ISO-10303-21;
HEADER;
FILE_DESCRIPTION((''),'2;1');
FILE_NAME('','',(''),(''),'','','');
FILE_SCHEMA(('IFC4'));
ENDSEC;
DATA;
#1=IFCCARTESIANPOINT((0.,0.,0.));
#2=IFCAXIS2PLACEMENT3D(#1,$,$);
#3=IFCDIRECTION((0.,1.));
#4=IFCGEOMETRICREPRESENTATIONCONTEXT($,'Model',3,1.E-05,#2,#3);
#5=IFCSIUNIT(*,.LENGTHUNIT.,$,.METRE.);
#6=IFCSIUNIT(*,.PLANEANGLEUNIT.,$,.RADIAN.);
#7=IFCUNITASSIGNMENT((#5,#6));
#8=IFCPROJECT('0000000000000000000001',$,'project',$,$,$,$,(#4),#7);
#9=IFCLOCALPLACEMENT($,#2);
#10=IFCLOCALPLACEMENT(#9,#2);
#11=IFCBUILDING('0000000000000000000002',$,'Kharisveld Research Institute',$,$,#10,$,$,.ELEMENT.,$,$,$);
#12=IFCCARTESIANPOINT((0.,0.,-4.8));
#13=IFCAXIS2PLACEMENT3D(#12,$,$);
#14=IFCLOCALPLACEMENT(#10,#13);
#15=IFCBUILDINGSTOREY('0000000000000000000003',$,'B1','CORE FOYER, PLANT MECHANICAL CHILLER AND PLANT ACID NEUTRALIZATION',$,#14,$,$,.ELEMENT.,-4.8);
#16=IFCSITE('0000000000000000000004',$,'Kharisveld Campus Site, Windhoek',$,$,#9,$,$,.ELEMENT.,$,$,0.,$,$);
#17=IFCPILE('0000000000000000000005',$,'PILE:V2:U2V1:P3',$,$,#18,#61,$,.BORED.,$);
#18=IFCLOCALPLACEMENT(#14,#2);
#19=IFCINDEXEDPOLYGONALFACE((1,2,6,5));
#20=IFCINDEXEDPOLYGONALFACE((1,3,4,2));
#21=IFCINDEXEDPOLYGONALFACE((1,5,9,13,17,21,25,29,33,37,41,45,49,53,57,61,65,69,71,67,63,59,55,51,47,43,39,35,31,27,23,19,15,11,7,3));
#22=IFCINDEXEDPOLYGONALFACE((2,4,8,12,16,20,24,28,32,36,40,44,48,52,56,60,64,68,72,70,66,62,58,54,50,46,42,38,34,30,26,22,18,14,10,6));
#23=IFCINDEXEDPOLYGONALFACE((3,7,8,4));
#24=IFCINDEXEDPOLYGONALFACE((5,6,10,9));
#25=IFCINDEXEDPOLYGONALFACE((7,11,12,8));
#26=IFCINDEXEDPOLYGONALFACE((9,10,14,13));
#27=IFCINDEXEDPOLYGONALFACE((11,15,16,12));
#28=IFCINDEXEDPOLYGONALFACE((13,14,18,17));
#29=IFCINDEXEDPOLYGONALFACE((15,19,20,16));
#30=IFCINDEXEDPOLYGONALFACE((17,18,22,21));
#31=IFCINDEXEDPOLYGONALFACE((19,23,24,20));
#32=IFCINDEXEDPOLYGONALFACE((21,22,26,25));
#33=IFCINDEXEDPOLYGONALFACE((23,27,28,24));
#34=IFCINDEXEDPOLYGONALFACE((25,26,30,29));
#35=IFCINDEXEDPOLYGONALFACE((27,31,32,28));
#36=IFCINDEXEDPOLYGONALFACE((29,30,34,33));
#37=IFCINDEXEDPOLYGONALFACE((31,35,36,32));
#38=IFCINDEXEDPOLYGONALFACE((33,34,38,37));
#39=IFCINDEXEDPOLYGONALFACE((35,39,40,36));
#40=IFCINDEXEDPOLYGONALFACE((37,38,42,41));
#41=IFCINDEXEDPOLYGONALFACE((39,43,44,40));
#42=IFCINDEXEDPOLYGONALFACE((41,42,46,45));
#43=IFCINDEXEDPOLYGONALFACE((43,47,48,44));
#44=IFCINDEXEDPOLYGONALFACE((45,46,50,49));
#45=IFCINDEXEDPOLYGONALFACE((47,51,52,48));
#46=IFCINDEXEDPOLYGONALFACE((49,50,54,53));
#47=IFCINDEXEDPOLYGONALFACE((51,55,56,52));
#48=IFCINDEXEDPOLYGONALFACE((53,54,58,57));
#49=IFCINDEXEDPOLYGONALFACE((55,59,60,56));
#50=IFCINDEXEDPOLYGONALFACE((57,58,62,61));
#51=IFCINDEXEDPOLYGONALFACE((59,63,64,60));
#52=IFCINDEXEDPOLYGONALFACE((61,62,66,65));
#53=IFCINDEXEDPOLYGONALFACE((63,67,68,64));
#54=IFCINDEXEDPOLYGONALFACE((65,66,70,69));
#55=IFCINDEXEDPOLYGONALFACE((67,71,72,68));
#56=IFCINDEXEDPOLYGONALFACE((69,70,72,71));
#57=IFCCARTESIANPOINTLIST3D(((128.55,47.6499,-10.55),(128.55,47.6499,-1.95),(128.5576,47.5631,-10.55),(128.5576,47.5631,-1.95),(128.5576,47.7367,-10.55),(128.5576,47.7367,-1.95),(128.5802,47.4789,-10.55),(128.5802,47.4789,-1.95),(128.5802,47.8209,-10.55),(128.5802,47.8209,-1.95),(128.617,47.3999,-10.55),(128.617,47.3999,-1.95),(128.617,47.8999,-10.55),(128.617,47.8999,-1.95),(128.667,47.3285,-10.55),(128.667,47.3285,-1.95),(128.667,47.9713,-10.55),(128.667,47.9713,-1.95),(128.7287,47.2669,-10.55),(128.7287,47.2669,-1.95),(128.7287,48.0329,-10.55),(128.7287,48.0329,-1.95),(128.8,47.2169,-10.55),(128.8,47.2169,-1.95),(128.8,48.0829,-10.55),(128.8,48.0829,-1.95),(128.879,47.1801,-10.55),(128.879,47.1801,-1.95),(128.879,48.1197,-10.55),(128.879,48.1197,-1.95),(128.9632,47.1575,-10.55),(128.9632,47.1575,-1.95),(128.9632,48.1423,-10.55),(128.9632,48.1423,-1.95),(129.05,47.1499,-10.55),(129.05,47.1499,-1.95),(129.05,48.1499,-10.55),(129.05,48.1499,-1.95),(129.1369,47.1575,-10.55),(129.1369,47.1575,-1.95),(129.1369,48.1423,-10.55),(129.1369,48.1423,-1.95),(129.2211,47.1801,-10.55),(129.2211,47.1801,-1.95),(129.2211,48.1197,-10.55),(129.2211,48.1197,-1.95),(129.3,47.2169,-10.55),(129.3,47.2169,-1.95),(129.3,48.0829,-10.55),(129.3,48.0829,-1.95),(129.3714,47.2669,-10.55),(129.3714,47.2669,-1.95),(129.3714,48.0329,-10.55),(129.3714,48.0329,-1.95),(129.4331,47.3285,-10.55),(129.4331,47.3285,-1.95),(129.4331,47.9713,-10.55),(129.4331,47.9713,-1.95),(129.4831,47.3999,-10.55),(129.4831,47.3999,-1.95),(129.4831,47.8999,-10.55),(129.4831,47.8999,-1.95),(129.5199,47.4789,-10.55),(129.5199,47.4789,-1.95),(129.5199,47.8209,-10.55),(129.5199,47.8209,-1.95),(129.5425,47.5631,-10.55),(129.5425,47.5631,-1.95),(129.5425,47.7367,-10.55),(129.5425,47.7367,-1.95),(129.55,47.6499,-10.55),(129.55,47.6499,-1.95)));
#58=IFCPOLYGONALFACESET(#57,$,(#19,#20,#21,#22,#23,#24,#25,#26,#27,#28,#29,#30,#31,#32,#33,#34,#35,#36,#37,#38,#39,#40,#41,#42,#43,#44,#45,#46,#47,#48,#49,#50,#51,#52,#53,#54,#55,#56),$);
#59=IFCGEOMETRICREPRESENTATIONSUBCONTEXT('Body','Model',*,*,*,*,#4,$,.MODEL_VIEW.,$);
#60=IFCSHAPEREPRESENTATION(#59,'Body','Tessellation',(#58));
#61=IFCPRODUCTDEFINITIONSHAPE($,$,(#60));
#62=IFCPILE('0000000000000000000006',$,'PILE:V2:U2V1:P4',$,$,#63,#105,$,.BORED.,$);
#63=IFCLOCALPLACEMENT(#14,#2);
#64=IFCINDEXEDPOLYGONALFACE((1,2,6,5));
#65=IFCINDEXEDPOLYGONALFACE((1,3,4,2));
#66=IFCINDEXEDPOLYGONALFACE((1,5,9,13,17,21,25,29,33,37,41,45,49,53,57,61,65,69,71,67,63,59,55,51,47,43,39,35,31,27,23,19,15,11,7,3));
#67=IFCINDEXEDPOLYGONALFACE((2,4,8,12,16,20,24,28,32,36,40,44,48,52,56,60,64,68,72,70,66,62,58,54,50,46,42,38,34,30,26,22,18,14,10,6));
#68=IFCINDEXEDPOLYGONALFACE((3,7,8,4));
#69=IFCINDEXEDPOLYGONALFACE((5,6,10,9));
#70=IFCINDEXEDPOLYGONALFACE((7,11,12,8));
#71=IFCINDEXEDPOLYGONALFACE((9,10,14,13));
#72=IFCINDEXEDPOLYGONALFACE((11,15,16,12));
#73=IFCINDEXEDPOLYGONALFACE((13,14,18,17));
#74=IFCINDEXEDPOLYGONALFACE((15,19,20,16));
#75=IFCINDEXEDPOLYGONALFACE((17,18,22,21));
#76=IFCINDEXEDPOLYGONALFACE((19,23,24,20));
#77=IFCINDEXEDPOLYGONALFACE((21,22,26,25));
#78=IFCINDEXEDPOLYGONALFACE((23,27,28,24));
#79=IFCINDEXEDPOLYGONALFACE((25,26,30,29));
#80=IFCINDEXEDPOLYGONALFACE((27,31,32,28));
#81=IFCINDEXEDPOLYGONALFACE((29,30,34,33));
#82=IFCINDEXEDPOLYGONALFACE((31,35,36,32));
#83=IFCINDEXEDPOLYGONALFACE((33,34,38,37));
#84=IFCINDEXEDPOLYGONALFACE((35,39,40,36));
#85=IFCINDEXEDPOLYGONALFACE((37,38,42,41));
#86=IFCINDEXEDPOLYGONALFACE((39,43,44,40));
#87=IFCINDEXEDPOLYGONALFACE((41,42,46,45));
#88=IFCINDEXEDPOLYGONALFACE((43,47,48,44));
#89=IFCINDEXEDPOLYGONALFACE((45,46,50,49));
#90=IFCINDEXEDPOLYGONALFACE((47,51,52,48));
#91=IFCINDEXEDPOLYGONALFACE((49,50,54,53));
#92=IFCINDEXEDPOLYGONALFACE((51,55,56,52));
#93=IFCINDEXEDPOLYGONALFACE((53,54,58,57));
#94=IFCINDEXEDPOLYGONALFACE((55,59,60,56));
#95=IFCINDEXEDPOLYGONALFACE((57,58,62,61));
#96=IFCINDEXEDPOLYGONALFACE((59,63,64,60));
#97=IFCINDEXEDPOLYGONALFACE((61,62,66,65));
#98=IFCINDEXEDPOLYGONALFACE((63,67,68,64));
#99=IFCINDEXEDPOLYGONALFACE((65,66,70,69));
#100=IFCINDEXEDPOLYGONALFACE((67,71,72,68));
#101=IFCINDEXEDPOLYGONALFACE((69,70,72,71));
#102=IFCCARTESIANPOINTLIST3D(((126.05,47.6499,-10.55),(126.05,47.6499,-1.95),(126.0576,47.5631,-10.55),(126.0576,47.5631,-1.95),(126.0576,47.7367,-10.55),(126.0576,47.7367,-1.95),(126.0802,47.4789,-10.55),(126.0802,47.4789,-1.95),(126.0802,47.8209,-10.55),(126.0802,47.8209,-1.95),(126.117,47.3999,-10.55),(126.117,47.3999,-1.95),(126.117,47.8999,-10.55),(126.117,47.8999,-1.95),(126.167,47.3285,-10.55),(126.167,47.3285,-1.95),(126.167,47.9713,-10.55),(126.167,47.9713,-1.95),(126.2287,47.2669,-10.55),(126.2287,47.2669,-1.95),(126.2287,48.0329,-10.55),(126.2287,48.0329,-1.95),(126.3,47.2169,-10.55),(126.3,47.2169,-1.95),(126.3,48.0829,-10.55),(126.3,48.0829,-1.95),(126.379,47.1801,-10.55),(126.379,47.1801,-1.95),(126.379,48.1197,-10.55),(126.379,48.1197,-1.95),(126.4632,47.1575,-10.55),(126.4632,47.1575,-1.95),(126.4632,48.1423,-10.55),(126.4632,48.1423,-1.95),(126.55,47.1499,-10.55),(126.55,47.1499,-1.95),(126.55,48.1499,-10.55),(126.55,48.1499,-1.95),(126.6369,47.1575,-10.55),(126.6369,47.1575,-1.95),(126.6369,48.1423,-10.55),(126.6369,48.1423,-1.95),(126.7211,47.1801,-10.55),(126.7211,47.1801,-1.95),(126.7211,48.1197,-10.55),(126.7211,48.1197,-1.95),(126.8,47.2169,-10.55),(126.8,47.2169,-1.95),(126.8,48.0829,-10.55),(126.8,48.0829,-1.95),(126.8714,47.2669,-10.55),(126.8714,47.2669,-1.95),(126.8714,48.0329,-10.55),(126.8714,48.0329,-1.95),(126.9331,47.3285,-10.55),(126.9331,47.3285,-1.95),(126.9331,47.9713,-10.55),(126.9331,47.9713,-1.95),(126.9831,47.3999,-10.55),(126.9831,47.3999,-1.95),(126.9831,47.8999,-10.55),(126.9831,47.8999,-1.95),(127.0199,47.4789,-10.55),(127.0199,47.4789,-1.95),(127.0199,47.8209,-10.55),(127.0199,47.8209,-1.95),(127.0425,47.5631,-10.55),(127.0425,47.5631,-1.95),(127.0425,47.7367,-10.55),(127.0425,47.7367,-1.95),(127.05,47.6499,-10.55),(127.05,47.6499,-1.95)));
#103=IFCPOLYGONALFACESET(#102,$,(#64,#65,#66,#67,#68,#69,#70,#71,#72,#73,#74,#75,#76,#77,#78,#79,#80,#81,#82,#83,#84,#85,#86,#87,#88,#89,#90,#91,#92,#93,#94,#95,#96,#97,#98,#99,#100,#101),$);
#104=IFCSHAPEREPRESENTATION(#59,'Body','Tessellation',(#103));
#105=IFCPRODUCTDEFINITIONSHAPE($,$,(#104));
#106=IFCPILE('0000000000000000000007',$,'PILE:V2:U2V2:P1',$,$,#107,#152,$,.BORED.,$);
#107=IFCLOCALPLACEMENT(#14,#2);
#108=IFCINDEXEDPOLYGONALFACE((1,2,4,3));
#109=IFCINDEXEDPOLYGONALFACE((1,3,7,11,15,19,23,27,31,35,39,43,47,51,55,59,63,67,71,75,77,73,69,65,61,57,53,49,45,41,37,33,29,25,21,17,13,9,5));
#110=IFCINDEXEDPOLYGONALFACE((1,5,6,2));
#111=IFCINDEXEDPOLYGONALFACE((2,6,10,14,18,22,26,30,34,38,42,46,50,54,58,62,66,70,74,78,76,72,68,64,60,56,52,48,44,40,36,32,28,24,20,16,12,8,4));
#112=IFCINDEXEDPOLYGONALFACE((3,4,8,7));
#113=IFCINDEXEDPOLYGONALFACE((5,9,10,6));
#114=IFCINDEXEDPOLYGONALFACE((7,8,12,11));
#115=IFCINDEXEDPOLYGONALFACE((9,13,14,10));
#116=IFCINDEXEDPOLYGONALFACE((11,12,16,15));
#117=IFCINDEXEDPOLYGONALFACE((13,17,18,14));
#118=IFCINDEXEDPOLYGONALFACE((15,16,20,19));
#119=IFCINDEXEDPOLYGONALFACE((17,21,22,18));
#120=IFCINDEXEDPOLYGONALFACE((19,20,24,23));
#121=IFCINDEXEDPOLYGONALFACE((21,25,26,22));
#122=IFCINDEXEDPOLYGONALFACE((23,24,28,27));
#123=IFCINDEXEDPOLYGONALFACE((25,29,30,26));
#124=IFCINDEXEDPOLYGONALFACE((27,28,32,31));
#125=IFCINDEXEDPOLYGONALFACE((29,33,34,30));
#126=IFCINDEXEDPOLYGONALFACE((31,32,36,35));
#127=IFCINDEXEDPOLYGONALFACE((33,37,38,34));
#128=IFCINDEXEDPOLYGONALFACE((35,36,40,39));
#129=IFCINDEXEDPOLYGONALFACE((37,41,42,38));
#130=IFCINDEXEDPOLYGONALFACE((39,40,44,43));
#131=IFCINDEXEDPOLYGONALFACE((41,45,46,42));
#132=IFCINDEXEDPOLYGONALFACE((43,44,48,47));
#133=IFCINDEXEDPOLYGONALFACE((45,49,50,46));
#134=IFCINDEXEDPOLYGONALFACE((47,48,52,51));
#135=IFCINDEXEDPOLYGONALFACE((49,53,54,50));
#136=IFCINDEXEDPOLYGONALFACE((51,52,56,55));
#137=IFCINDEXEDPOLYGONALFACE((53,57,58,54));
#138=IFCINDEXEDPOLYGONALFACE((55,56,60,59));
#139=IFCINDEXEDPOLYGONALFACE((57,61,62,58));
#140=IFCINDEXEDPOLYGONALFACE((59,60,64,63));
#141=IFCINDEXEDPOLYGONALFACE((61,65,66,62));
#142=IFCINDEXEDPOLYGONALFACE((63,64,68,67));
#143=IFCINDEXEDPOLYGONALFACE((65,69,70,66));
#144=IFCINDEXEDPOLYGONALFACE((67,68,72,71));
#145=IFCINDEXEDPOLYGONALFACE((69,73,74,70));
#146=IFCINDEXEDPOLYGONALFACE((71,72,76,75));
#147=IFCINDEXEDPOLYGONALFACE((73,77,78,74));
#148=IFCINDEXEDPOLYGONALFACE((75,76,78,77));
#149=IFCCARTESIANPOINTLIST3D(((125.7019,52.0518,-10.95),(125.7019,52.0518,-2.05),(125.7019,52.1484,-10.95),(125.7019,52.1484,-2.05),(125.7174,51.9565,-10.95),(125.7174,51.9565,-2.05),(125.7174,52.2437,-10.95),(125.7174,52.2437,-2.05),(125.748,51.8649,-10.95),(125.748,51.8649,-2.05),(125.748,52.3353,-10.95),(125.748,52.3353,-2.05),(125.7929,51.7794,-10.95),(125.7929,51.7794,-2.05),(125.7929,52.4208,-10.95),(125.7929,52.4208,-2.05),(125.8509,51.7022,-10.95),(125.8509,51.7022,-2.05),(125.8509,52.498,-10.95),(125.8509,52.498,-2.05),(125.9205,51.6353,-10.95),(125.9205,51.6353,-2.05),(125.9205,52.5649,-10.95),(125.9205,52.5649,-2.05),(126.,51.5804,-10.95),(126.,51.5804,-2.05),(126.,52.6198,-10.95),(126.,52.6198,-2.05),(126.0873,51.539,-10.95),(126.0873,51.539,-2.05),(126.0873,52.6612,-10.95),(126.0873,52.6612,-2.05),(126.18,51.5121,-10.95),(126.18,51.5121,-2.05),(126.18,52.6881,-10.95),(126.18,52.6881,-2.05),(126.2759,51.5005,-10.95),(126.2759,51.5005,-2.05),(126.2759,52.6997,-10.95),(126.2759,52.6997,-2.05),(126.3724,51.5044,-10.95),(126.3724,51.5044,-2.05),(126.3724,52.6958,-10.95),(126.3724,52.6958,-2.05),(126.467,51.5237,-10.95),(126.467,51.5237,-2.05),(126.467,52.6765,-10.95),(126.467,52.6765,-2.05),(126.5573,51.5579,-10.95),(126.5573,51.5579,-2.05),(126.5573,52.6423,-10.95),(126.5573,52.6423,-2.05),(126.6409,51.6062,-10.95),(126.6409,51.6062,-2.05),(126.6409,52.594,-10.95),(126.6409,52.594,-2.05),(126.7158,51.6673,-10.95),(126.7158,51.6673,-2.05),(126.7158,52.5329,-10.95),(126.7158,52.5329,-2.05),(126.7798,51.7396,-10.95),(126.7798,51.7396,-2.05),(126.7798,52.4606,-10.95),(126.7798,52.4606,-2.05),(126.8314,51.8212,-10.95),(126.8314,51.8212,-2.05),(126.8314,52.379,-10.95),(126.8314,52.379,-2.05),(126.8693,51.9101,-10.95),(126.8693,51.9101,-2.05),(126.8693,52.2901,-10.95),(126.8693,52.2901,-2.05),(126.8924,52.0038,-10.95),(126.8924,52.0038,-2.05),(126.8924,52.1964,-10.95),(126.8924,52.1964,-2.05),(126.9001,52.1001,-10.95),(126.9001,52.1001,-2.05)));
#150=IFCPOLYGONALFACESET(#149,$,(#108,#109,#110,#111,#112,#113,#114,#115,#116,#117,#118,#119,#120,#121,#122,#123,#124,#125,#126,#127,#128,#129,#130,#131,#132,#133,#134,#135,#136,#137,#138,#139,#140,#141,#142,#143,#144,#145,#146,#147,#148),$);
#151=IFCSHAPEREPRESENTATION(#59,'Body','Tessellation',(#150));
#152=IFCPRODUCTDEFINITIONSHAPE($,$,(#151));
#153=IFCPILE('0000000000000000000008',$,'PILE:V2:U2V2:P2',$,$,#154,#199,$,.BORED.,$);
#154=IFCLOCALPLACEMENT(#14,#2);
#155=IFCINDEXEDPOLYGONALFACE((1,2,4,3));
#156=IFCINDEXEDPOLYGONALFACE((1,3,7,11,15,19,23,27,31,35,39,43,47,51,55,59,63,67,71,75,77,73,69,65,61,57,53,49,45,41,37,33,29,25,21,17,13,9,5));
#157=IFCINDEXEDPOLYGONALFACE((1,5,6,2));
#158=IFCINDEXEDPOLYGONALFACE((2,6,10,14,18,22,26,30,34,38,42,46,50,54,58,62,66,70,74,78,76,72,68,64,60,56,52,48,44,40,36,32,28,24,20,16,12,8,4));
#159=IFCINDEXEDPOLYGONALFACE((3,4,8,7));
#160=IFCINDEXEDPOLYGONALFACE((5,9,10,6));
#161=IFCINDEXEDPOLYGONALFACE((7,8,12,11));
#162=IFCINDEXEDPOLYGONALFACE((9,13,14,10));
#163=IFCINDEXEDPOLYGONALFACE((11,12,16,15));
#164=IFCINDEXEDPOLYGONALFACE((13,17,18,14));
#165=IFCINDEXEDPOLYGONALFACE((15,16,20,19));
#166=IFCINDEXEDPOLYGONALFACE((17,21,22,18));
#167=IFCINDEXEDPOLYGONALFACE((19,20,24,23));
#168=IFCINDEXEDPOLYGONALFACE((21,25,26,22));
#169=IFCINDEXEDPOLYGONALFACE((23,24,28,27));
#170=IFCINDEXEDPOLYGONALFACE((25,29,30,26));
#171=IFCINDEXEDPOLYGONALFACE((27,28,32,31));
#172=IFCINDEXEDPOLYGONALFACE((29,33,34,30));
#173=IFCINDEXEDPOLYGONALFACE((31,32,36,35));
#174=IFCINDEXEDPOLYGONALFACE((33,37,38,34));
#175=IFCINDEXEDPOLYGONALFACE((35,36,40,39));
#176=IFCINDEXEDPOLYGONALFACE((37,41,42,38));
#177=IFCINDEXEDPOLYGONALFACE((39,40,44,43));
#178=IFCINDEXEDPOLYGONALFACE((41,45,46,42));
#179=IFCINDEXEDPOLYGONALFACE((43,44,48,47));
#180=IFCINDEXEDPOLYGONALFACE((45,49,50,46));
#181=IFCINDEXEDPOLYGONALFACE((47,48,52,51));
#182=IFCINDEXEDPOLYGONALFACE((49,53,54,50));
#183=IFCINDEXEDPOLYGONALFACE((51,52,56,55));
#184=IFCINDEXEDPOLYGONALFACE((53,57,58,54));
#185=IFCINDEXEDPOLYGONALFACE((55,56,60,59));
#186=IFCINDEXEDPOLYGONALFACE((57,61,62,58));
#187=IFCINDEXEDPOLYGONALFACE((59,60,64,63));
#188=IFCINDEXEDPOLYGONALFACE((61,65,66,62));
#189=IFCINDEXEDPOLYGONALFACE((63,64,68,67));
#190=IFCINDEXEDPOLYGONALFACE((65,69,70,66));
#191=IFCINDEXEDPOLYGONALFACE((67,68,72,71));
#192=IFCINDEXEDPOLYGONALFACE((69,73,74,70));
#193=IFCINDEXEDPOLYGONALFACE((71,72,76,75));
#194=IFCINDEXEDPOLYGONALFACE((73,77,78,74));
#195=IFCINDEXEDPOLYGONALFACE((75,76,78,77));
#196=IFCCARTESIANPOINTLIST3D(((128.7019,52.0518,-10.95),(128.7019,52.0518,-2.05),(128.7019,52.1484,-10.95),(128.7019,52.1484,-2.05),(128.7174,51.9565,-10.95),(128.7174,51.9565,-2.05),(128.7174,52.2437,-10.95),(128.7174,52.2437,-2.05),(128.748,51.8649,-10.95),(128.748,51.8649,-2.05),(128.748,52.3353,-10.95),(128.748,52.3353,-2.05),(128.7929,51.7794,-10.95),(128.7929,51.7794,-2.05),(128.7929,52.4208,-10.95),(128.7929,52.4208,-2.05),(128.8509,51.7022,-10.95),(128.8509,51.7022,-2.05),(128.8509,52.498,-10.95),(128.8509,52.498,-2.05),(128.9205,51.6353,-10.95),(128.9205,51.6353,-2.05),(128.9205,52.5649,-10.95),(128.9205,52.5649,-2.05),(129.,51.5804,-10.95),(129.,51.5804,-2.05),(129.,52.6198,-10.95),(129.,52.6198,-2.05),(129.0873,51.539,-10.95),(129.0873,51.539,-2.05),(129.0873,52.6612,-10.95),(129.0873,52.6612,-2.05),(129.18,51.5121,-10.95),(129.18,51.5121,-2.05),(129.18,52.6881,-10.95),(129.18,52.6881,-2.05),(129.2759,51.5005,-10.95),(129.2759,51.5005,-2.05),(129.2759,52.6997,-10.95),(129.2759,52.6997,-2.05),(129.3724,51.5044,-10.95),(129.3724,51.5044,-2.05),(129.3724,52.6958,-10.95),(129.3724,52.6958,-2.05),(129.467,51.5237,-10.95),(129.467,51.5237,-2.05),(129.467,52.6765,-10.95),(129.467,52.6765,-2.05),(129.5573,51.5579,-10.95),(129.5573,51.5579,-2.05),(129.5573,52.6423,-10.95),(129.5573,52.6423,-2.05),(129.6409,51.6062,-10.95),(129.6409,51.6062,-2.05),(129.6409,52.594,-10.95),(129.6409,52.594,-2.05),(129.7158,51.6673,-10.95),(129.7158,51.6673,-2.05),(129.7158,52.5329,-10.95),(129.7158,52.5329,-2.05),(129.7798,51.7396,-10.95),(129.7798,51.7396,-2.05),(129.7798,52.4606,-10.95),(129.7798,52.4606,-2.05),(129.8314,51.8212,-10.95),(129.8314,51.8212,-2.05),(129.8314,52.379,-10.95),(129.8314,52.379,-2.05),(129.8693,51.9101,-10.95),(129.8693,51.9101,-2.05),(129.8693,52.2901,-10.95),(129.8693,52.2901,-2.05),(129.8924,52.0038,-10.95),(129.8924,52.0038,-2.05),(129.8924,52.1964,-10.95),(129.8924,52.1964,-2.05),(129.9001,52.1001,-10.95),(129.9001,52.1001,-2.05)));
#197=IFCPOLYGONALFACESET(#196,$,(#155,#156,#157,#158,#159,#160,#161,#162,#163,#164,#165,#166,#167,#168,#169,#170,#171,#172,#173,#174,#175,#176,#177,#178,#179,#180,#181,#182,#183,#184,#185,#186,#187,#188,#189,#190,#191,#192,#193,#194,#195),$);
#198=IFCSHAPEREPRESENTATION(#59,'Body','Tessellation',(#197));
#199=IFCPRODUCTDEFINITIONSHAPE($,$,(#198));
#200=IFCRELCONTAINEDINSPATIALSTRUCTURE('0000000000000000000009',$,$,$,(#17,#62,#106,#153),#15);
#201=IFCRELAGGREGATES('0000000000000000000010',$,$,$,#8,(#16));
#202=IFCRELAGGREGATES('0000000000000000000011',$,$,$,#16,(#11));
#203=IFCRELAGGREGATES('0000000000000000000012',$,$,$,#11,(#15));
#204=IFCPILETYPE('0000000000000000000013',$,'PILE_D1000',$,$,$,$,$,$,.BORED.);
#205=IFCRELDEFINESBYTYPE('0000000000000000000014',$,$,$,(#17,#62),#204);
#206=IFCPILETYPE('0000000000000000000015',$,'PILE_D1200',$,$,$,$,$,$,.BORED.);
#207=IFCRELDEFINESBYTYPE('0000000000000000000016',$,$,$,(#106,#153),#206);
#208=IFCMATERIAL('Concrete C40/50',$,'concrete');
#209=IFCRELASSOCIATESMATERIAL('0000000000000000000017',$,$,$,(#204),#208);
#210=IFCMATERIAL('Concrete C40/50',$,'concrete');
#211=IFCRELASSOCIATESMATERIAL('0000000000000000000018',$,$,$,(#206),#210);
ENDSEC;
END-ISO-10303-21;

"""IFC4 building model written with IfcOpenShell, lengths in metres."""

from ifc_helpers import new_model, si_unit, direction, frame, origin, origin_2d, place, context, subcontext, project, spatial, circle, extrude, material, material_profile, profile_set, type_object, element, save


model = new_model("IFC4")

# Units and contexts
model_context = context("Model", 3, precision=1e-05, world=origin(), true_north=direction((0.0, 1.0)))
body_context = subcontext(model_context, "Body", "Model", "MODEL_VIEW")
ifc_project = project(units=[si_unit("LENGTHUNIT", "METRE"), si_unit("PLANEANGLEUNIT", "RADIAN")], contexts=[model_context])

# Site, building, storey
site_placement = place(None, origin())
site = spatial("IfcSite", under=ifc_project, at=site_placement, Name="Kharisveld Campus Site, Windhoek", CompositionType="ELEMENT", RefElevation=0.0)
building_placement = place(site_placement, origin())
building = spatial("IfcBuilding", under=site, at=building_placement, Name="Kharisveld Research Institute", CompositionType="ELEMENT")
storey_placement = place(building_placement, frame((0.0, 0.0, -4.8)))
storey = spatial("IfcBuildingStorey", under=building, at=storey_placement, Name="B1", Description="CORE FOYER, PLANT MECHANICAL CHILLER AND PLANT ACID NEUTRALIZATION", CompositionType="ELEMENT", Elevation=-4.8)

# Piles
ifc_material_1 = material(Name="Concrete C40/50", Category="concrete")
ifc_material_profile_1 = material_profile(ifc_material_1, circle(Radius=0.5, at=origin_2d()))
ifc_profile_set_1 = profile_set([ifc_material_profile_1], Name="Concrete C40/50")
pile_type_1 = type_object("IfcPileType", Name="PILE_D1000", PredefinedType="BORED", material=ifc_profile_set_1)
for number, where, z_axis, x_axis, name in (
    (1, (129.05, 47.6499, -1.95), (0.0, 0.0, -1.0), (1.0, 0.0, 0.0), "PILE:V2:U2V1:P3"),
    (2, (126.55, 47.6499, -1.95), (0.0, 0.0, -1.0), (1.0, 0.0, 0.0), "PILE:V2:U2V1:P4"),
):
    element("IfcPile", number, at=place(storey_placement, frame(where, z_axis=z_axis, x_axis=x_axis)), inside=storey, type_object=pile_type_1, Name=name, PredefinedType="BORED", context=body_context, shape_type="SweptSolid", body=[
        extrude(circle(Radius=0.5, at=origin_2d()), origin(), (0.0, 0.0, 1.0), 8.6001),
    ])
ifc_material_2 = material(Name="Concrete C40/50", Category="concrete")
ifc_material_profile_2 = material_profile(ifc_material_2, circle(Radius=0.6001, at=origin_2d()))
ifc_profile_set_2 = profile_set([ifc_material_profile_2], Name="Concrete C40/50")
pile_type_2 = type_object("IfcPileType", Name="PILE_D1200", PredefinedType="BORED", material=ifc_profile_set_2)
for number, where, z_axis, x_axis, name in (
    (3, (126.3, 52.1001, -2.05), (0.0, 0.0, -1.0), (1.0, 0.0, 0.0), "PILE:V2:U2V2:P1"),
    (4, (129.3, 52.1001, -2.05), (0.0, 0.0, -1.0), (1.0, 0.0, 0.0), "PILE:V2:U2V2:P2"),
):
    element("IfcPile", number, at=place(storey_placement, frame(where, z_axis=z_axis, x_axis=x_axis)), inside=storey, type_object=pile_type_2, Name=name, PredefinedType="BORED", context=body_context, shape_type="SweptSolid", body=[
        extrude(circle(Radius=0.6001, at=origin_2d()), origin(), (0.0, 0.0, 1.0), 8.8999),
    ])

save(model, "model.ifc")
